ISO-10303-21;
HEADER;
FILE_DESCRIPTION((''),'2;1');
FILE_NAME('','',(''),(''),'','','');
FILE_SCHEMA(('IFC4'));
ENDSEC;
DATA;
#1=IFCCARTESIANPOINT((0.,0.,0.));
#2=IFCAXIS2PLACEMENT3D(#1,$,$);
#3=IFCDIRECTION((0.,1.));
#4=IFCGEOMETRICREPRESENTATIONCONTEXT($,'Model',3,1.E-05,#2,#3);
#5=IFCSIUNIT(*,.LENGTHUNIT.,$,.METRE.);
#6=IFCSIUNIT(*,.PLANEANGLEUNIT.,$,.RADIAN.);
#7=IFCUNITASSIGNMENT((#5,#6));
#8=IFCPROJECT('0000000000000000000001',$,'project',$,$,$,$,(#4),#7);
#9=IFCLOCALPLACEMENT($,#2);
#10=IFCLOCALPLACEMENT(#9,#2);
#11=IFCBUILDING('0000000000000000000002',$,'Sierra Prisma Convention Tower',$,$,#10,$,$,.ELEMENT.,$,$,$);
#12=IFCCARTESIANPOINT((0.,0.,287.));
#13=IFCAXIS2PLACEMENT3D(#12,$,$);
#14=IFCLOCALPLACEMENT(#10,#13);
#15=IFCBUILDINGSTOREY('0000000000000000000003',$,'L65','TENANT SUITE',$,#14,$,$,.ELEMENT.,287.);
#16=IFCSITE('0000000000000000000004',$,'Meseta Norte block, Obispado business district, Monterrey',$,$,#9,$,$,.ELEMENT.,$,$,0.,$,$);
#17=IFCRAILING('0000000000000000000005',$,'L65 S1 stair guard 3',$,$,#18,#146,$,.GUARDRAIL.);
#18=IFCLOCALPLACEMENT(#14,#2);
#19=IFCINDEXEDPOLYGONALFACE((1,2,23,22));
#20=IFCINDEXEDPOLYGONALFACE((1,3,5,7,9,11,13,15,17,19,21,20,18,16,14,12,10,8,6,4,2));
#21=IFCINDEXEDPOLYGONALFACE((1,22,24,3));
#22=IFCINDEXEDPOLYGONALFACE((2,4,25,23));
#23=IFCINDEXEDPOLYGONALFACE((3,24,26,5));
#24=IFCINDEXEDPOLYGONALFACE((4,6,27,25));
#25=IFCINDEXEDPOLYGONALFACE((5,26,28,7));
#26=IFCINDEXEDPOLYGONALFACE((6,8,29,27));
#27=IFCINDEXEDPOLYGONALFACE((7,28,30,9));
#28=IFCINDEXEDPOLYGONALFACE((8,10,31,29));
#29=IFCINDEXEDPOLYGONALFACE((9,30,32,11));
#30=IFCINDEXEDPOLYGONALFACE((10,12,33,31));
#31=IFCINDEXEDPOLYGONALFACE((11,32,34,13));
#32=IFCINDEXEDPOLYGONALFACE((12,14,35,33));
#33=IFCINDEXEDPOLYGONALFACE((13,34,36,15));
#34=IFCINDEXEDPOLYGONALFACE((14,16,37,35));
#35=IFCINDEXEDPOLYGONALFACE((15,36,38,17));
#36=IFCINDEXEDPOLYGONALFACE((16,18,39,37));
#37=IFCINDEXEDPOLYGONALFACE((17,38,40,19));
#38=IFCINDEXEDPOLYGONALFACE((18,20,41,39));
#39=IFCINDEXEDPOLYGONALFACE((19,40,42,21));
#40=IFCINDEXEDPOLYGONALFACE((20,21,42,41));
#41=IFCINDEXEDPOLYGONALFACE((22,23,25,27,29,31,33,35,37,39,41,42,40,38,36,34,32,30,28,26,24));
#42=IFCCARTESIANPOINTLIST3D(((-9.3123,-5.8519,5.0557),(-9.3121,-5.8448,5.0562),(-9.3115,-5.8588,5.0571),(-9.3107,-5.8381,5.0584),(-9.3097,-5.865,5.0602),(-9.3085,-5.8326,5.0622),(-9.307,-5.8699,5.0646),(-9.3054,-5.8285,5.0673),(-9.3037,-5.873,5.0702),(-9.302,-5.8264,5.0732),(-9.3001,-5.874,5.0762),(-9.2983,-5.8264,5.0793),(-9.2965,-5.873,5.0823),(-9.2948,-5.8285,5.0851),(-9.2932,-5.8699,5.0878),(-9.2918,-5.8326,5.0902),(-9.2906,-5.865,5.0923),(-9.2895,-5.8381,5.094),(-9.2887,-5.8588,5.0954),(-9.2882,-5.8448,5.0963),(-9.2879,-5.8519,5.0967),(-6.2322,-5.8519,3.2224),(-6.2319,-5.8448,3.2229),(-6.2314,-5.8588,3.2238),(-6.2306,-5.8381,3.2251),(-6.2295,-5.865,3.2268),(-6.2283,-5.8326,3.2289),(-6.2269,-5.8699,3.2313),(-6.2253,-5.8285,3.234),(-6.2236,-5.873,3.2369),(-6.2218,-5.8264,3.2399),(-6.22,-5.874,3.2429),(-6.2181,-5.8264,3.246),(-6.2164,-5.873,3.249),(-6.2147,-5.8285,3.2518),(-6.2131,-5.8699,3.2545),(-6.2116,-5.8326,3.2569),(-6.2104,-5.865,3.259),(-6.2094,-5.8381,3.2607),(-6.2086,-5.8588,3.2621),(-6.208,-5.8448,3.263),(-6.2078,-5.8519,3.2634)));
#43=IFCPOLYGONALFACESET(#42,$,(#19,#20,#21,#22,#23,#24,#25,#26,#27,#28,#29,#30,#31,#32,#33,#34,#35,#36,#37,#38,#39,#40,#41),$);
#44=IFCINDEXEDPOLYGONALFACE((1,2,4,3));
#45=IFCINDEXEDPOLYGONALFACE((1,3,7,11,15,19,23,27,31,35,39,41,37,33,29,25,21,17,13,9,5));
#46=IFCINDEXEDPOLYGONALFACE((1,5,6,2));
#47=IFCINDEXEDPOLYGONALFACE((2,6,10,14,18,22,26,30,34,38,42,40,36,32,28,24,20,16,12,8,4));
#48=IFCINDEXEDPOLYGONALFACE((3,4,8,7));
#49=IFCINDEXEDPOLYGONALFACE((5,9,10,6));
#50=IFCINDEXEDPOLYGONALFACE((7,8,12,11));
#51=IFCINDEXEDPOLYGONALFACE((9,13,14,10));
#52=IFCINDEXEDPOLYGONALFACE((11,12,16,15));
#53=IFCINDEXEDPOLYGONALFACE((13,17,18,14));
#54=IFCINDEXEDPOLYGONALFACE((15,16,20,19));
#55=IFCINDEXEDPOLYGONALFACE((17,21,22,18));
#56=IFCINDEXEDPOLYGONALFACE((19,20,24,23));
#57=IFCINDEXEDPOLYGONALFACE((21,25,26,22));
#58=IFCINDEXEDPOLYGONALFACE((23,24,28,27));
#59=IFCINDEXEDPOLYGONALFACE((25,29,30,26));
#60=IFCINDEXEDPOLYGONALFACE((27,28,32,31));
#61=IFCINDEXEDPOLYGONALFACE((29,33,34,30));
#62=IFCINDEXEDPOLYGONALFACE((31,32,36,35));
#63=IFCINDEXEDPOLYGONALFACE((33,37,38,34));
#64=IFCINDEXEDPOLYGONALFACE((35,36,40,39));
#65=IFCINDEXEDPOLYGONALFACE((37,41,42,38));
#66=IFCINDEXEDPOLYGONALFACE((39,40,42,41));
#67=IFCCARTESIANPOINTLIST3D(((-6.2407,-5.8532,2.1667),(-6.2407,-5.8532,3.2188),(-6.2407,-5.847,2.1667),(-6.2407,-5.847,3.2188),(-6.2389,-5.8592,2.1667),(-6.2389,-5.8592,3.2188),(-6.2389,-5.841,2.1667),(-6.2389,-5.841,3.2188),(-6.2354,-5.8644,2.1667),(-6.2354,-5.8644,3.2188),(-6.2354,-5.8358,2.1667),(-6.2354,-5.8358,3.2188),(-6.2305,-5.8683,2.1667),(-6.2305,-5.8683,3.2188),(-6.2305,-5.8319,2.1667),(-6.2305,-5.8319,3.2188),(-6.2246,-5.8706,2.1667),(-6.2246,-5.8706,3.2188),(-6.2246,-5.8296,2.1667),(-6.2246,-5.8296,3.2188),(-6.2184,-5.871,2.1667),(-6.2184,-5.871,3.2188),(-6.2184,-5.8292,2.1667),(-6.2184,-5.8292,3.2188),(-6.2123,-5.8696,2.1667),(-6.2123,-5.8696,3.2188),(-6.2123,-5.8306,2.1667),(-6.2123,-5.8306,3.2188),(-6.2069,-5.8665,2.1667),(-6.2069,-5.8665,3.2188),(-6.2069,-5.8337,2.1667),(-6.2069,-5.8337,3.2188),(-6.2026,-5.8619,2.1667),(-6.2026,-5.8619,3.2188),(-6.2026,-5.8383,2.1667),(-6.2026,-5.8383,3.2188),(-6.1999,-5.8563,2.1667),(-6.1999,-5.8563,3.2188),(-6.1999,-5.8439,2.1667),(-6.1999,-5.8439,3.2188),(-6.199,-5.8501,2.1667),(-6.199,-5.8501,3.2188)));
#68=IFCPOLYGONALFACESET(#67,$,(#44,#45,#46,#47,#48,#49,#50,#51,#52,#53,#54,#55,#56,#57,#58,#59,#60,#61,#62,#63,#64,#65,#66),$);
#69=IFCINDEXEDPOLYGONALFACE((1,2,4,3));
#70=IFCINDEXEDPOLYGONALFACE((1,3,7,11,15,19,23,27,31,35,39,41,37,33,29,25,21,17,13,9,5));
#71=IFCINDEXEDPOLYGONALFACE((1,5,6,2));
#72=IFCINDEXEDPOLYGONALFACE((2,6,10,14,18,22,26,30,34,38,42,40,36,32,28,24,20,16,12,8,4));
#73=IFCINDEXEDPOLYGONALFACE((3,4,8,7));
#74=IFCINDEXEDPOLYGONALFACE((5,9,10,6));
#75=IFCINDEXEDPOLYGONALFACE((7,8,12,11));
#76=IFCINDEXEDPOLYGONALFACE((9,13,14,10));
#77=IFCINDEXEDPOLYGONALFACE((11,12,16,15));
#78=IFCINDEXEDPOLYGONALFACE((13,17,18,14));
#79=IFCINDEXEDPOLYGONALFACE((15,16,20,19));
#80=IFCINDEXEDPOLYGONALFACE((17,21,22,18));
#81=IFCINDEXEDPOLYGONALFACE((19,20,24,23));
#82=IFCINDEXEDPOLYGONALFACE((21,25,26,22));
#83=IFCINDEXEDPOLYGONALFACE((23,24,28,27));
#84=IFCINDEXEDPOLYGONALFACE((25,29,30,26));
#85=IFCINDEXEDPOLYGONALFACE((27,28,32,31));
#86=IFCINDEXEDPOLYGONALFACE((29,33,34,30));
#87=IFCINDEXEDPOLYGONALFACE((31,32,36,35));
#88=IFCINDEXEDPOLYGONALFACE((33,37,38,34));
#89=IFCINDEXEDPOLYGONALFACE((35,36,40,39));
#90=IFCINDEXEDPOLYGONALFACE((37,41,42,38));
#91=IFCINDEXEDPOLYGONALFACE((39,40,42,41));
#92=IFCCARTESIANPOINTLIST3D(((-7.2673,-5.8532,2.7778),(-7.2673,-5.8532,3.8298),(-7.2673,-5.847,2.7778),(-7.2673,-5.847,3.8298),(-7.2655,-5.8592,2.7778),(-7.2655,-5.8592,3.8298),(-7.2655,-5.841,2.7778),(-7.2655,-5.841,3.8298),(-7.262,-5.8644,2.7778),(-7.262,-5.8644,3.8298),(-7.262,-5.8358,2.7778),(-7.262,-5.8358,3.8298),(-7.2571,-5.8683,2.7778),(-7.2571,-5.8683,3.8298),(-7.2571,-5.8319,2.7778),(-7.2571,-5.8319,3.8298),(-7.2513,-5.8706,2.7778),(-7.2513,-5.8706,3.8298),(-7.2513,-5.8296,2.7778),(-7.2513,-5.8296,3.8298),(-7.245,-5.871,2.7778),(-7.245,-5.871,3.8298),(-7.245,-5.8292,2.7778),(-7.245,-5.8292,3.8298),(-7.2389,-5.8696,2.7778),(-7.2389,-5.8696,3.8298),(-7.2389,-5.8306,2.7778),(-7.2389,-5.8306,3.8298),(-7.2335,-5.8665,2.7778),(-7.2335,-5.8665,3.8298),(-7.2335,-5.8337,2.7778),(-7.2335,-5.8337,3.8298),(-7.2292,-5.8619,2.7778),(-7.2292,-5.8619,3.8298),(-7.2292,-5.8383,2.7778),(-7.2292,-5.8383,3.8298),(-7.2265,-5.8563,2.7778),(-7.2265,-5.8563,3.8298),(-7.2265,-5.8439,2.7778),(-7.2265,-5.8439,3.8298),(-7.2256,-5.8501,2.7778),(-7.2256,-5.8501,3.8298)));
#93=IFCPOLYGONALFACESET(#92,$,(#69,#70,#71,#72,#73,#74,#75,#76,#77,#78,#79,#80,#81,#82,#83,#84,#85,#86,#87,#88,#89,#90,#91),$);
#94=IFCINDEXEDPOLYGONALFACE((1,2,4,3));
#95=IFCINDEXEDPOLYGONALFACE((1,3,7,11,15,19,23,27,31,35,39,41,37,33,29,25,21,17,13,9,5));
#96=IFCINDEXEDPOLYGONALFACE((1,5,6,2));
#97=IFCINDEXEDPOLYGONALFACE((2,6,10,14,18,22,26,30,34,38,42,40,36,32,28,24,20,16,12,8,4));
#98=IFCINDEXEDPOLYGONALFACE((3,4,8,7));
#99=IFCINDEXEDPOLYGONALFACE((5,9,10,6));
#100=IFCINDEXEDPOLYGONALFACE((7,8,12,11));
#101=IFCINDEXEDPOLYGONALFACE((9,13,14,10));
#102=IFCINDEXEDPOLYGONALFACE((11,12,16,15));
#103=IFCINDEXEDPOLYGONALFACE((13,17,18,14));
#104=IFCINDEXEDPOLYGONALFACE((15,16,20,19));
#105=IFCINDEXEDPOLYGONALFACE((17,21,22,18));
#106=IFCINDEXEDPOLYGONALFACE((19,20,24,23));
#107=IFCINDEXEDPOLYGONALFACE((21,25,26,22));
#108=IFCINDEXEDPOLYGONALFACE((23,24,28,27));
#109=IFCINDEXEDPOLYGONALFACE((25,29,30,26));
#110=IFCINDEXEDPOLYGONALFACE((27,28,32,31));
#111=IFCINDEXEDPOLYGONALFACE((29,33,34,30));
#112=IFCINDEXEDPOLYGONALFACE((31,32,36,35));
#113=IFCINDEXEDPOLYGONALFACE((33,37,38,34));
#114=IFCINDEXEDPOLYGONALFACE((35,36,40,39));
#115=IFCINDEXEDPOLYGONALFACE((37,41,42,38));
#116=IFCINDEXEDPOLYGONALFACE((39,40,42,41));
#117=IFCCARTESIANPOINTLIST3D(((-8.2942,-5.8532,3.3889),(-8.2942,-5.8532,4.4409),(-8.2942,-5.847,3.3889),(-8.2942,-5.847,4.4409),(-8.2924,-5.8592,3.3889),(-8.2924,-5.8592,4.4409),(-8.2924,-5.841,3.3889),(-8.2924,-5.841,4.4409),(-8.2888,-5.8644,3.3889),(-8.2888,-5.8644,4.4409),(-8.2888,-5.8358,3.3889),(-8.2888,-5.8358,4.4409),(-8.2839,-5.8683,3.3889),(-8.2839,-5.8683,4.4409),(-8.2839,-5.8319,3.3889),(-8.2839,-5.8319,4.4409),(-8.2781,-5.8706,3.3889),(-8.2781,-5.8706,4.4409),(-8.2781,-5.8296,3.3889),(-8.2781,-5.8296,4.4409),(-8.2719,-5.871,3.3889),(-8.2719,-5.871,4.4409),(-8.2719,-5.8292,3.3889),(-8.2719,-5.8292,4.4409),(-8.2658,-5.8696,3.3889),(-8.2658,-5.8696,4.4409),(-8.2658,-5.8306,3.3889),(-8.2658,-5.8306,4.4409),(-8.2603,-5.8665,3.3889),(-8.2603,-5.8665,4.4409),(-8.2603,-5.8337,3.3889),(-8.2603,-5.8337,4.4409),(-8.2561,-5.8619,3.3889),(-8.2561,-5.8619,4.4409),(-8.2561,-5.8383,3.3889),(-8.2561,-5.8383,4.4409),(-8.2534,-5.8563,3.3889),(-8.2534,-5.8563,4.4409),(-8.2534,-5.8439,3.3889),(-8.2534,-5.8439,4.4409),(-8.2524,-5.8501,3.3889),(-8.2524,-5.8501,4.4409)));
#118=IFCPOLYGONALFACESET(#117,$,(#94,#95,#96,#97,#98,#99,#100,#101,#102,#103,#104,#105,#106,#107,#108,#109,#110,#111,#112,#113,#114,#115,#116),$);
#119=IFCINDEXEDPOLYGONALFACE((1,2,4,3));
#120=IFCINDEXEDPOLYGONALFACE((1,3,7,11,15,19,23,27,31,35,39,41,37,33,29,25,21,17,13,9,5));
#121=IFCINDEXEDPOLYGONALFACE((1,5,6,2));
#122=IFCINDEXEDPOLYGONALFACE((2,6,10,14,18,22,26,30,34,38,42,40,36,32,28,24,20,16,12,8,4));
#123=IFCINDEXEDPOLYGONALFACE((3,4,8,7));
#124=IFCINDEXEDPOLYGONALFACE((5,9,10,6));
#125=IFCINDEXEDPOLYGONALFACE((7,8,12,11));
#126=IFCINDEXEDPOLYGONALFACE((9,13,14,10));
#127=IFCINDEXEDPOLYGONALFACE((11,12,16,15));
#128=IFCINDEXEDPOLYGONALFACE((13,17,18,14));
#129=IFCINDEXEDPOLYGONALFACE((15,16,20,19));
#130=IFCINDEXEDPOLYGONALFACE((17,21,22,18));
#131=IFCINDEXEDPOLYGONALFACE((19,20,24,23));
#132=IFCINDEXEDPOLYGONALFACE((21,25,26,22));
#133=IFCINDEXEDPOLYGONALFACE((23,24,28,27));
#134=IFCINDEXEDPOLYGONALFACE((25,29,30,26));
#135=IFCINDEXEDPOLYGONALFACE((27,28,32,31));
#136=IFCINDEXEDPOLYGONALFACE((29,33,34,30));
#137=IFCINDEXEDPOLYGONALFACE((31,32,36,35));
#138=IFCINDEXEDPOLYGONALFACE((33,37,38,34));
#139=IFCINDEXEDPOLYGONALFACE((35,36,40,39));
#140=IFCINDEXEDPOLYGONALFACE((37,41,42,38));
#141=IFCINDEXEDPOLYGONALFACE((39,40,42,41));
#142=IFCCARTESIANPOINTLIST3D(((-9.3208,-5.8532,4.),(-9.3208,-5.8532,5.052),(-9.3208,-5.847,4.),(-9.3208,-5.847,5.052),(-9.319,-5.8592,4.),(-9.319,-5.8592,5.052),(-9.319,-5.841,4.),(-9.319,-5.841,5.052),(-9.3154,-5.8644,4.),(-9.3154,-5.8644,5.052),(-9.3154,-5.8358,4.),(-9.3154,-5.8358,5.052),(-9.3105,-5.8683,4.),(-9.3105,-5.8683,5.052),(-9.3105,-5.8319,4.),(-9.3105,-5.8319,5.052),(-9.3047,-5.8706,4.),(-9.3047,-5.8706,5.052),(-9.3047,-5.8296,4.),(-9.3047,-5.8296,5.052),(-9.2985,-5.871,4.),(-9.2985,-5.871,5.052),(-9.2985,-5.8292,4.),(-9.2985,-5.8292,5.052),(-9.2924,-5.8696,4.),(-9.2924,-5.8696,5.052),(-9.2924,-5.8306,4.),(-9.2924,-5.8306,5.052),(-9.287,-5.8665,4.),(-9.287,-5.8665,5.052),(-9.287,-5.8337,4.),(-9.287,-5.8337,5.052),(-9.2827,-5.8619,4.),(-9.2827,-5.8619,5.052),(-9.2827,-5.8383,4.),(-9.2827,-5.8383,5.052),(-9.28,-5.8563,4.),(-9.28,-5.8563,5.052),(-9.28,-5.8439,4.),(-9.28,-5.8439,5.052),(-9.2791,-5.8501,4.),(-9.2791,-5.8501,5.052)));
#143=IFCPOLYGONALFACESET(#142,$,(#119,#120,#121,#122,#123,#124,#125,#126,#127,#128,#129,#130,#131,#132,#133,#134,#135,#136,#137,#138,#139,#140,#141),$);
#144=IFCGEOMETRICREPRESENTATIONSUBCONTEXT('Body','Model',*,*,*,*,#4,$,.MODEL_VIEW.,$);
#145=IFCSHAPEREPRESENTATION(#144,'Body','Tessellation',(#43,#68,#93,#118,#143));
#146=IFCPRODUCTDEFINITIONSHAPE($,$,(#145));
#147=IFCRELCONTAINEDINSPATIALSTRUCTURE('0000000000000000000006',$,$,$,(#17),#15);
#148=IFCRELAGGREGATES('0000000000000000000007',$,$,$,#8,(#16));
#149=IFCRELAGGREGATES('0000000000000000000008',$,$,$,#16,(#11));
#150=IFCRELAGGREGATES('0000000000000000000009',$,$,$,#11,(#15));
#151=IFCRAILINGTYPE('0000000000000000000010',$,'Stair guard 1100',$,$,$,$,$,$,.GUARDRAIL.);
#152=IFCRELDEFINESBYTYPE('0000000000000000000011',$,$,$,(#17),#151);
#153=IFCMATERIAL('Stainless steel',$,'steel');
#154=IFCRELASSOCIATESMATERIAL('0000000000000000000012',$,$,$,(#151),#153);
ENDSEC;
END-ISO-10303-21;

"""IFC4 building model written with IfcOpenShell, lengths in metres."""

from ifc_helpers import new_model, si_unit, direction, frame, origin, origin_2d, place, context, subcontext, project, spatial, circle, extrude, material, type_object, element, save


model = new_model("IFC4")

# Units and contexts
model_context = context("Model", 3, precision=1e-05, world=origin(), true_north=direction((0.0, 1.0)))
body_context = subcontext(model_context, "Body", "Model", "MODEL_VIEW")
ifc_project = project(units=[si_unit("LENGTHUNIT", "METRE"), si_unit("PLANEANGLEUNIT", "RADIAN")], contexts=[model_context])

# Site, building, storey
site_placement = place(None, origin())
site = spatial("IfcSite", under=ifc_project, at=site_placement, Name="Meseta Norte block, Obispado business district, Monterrey", CompositionType="ELEMENT", RefElevation=0.0)
building_placement = place(site_placement, origin())
building = spatial("IfcBuilding", under=site, at=building_placement, Name="Sierra Prisma Convention Tower", CompositionType="ELEMENT")
storey_placement = place(building_placement, frame((0.0, 0.0, 287.0)))
storey = spatial("IfcBuildingStorey", under=building, at=storey_placement, Name="L65", Description="TENANT SUITE", CompositionType="ELEMENT", Elevation=287.0)

# Railing
ifc_material_1 = material(Name="Stainless steel", Category="steel")
railing_type_1 = type_object("IfcRailingType", Name="Stair guard 1100", PredefinedType="GUARDRAIL", material=ifc_material_1)
railing_1_placement = place(storey_placement, frame((-6.22, -5.8501, 2.1667)))
element("IfcRailing", 1, at=railing_1_placement, inside=storey, type_object=railing_type_1, Name="L65 S1 stair guard 3", PredefinedType="GUARDRAIL", context=body_context, shape_type="SweptSolid", body=[
    extrude(circle(Radius=0.0239, at=origin_2d()), frame((0.0, 0.0, 1.0762), z_axis=(-0.859309, 0.0, 0.511458), x_axis=(0.0, -1.0, 0.0)), (0.0, 0.0, 1.0), 3.5845),
    extrude(circle(Radius=0.021, at=origin_2d()), origin(), (0.0, 0.0, 1.0), 1.052),
    extrude(circle(Radius=0.021, at=origin_2d()), frame((-1.0266, 0.0, 0.6111)), (0.0, 0.0, 1.0), 1.052),
    extrude(circle(Radius=0.021, at=origin_2d()), frame((-2.0535, 0.0, 1.2222)), (0.0, 0.0, 1.0), 1.052),
    extrude(circle(Radius=0.021, at=origin_2d()), frame((-3.0801, 0.0, 1.8333)), (0.0, 0.0, 1.0), 1.052),
])

save(model, "model.ifc")
